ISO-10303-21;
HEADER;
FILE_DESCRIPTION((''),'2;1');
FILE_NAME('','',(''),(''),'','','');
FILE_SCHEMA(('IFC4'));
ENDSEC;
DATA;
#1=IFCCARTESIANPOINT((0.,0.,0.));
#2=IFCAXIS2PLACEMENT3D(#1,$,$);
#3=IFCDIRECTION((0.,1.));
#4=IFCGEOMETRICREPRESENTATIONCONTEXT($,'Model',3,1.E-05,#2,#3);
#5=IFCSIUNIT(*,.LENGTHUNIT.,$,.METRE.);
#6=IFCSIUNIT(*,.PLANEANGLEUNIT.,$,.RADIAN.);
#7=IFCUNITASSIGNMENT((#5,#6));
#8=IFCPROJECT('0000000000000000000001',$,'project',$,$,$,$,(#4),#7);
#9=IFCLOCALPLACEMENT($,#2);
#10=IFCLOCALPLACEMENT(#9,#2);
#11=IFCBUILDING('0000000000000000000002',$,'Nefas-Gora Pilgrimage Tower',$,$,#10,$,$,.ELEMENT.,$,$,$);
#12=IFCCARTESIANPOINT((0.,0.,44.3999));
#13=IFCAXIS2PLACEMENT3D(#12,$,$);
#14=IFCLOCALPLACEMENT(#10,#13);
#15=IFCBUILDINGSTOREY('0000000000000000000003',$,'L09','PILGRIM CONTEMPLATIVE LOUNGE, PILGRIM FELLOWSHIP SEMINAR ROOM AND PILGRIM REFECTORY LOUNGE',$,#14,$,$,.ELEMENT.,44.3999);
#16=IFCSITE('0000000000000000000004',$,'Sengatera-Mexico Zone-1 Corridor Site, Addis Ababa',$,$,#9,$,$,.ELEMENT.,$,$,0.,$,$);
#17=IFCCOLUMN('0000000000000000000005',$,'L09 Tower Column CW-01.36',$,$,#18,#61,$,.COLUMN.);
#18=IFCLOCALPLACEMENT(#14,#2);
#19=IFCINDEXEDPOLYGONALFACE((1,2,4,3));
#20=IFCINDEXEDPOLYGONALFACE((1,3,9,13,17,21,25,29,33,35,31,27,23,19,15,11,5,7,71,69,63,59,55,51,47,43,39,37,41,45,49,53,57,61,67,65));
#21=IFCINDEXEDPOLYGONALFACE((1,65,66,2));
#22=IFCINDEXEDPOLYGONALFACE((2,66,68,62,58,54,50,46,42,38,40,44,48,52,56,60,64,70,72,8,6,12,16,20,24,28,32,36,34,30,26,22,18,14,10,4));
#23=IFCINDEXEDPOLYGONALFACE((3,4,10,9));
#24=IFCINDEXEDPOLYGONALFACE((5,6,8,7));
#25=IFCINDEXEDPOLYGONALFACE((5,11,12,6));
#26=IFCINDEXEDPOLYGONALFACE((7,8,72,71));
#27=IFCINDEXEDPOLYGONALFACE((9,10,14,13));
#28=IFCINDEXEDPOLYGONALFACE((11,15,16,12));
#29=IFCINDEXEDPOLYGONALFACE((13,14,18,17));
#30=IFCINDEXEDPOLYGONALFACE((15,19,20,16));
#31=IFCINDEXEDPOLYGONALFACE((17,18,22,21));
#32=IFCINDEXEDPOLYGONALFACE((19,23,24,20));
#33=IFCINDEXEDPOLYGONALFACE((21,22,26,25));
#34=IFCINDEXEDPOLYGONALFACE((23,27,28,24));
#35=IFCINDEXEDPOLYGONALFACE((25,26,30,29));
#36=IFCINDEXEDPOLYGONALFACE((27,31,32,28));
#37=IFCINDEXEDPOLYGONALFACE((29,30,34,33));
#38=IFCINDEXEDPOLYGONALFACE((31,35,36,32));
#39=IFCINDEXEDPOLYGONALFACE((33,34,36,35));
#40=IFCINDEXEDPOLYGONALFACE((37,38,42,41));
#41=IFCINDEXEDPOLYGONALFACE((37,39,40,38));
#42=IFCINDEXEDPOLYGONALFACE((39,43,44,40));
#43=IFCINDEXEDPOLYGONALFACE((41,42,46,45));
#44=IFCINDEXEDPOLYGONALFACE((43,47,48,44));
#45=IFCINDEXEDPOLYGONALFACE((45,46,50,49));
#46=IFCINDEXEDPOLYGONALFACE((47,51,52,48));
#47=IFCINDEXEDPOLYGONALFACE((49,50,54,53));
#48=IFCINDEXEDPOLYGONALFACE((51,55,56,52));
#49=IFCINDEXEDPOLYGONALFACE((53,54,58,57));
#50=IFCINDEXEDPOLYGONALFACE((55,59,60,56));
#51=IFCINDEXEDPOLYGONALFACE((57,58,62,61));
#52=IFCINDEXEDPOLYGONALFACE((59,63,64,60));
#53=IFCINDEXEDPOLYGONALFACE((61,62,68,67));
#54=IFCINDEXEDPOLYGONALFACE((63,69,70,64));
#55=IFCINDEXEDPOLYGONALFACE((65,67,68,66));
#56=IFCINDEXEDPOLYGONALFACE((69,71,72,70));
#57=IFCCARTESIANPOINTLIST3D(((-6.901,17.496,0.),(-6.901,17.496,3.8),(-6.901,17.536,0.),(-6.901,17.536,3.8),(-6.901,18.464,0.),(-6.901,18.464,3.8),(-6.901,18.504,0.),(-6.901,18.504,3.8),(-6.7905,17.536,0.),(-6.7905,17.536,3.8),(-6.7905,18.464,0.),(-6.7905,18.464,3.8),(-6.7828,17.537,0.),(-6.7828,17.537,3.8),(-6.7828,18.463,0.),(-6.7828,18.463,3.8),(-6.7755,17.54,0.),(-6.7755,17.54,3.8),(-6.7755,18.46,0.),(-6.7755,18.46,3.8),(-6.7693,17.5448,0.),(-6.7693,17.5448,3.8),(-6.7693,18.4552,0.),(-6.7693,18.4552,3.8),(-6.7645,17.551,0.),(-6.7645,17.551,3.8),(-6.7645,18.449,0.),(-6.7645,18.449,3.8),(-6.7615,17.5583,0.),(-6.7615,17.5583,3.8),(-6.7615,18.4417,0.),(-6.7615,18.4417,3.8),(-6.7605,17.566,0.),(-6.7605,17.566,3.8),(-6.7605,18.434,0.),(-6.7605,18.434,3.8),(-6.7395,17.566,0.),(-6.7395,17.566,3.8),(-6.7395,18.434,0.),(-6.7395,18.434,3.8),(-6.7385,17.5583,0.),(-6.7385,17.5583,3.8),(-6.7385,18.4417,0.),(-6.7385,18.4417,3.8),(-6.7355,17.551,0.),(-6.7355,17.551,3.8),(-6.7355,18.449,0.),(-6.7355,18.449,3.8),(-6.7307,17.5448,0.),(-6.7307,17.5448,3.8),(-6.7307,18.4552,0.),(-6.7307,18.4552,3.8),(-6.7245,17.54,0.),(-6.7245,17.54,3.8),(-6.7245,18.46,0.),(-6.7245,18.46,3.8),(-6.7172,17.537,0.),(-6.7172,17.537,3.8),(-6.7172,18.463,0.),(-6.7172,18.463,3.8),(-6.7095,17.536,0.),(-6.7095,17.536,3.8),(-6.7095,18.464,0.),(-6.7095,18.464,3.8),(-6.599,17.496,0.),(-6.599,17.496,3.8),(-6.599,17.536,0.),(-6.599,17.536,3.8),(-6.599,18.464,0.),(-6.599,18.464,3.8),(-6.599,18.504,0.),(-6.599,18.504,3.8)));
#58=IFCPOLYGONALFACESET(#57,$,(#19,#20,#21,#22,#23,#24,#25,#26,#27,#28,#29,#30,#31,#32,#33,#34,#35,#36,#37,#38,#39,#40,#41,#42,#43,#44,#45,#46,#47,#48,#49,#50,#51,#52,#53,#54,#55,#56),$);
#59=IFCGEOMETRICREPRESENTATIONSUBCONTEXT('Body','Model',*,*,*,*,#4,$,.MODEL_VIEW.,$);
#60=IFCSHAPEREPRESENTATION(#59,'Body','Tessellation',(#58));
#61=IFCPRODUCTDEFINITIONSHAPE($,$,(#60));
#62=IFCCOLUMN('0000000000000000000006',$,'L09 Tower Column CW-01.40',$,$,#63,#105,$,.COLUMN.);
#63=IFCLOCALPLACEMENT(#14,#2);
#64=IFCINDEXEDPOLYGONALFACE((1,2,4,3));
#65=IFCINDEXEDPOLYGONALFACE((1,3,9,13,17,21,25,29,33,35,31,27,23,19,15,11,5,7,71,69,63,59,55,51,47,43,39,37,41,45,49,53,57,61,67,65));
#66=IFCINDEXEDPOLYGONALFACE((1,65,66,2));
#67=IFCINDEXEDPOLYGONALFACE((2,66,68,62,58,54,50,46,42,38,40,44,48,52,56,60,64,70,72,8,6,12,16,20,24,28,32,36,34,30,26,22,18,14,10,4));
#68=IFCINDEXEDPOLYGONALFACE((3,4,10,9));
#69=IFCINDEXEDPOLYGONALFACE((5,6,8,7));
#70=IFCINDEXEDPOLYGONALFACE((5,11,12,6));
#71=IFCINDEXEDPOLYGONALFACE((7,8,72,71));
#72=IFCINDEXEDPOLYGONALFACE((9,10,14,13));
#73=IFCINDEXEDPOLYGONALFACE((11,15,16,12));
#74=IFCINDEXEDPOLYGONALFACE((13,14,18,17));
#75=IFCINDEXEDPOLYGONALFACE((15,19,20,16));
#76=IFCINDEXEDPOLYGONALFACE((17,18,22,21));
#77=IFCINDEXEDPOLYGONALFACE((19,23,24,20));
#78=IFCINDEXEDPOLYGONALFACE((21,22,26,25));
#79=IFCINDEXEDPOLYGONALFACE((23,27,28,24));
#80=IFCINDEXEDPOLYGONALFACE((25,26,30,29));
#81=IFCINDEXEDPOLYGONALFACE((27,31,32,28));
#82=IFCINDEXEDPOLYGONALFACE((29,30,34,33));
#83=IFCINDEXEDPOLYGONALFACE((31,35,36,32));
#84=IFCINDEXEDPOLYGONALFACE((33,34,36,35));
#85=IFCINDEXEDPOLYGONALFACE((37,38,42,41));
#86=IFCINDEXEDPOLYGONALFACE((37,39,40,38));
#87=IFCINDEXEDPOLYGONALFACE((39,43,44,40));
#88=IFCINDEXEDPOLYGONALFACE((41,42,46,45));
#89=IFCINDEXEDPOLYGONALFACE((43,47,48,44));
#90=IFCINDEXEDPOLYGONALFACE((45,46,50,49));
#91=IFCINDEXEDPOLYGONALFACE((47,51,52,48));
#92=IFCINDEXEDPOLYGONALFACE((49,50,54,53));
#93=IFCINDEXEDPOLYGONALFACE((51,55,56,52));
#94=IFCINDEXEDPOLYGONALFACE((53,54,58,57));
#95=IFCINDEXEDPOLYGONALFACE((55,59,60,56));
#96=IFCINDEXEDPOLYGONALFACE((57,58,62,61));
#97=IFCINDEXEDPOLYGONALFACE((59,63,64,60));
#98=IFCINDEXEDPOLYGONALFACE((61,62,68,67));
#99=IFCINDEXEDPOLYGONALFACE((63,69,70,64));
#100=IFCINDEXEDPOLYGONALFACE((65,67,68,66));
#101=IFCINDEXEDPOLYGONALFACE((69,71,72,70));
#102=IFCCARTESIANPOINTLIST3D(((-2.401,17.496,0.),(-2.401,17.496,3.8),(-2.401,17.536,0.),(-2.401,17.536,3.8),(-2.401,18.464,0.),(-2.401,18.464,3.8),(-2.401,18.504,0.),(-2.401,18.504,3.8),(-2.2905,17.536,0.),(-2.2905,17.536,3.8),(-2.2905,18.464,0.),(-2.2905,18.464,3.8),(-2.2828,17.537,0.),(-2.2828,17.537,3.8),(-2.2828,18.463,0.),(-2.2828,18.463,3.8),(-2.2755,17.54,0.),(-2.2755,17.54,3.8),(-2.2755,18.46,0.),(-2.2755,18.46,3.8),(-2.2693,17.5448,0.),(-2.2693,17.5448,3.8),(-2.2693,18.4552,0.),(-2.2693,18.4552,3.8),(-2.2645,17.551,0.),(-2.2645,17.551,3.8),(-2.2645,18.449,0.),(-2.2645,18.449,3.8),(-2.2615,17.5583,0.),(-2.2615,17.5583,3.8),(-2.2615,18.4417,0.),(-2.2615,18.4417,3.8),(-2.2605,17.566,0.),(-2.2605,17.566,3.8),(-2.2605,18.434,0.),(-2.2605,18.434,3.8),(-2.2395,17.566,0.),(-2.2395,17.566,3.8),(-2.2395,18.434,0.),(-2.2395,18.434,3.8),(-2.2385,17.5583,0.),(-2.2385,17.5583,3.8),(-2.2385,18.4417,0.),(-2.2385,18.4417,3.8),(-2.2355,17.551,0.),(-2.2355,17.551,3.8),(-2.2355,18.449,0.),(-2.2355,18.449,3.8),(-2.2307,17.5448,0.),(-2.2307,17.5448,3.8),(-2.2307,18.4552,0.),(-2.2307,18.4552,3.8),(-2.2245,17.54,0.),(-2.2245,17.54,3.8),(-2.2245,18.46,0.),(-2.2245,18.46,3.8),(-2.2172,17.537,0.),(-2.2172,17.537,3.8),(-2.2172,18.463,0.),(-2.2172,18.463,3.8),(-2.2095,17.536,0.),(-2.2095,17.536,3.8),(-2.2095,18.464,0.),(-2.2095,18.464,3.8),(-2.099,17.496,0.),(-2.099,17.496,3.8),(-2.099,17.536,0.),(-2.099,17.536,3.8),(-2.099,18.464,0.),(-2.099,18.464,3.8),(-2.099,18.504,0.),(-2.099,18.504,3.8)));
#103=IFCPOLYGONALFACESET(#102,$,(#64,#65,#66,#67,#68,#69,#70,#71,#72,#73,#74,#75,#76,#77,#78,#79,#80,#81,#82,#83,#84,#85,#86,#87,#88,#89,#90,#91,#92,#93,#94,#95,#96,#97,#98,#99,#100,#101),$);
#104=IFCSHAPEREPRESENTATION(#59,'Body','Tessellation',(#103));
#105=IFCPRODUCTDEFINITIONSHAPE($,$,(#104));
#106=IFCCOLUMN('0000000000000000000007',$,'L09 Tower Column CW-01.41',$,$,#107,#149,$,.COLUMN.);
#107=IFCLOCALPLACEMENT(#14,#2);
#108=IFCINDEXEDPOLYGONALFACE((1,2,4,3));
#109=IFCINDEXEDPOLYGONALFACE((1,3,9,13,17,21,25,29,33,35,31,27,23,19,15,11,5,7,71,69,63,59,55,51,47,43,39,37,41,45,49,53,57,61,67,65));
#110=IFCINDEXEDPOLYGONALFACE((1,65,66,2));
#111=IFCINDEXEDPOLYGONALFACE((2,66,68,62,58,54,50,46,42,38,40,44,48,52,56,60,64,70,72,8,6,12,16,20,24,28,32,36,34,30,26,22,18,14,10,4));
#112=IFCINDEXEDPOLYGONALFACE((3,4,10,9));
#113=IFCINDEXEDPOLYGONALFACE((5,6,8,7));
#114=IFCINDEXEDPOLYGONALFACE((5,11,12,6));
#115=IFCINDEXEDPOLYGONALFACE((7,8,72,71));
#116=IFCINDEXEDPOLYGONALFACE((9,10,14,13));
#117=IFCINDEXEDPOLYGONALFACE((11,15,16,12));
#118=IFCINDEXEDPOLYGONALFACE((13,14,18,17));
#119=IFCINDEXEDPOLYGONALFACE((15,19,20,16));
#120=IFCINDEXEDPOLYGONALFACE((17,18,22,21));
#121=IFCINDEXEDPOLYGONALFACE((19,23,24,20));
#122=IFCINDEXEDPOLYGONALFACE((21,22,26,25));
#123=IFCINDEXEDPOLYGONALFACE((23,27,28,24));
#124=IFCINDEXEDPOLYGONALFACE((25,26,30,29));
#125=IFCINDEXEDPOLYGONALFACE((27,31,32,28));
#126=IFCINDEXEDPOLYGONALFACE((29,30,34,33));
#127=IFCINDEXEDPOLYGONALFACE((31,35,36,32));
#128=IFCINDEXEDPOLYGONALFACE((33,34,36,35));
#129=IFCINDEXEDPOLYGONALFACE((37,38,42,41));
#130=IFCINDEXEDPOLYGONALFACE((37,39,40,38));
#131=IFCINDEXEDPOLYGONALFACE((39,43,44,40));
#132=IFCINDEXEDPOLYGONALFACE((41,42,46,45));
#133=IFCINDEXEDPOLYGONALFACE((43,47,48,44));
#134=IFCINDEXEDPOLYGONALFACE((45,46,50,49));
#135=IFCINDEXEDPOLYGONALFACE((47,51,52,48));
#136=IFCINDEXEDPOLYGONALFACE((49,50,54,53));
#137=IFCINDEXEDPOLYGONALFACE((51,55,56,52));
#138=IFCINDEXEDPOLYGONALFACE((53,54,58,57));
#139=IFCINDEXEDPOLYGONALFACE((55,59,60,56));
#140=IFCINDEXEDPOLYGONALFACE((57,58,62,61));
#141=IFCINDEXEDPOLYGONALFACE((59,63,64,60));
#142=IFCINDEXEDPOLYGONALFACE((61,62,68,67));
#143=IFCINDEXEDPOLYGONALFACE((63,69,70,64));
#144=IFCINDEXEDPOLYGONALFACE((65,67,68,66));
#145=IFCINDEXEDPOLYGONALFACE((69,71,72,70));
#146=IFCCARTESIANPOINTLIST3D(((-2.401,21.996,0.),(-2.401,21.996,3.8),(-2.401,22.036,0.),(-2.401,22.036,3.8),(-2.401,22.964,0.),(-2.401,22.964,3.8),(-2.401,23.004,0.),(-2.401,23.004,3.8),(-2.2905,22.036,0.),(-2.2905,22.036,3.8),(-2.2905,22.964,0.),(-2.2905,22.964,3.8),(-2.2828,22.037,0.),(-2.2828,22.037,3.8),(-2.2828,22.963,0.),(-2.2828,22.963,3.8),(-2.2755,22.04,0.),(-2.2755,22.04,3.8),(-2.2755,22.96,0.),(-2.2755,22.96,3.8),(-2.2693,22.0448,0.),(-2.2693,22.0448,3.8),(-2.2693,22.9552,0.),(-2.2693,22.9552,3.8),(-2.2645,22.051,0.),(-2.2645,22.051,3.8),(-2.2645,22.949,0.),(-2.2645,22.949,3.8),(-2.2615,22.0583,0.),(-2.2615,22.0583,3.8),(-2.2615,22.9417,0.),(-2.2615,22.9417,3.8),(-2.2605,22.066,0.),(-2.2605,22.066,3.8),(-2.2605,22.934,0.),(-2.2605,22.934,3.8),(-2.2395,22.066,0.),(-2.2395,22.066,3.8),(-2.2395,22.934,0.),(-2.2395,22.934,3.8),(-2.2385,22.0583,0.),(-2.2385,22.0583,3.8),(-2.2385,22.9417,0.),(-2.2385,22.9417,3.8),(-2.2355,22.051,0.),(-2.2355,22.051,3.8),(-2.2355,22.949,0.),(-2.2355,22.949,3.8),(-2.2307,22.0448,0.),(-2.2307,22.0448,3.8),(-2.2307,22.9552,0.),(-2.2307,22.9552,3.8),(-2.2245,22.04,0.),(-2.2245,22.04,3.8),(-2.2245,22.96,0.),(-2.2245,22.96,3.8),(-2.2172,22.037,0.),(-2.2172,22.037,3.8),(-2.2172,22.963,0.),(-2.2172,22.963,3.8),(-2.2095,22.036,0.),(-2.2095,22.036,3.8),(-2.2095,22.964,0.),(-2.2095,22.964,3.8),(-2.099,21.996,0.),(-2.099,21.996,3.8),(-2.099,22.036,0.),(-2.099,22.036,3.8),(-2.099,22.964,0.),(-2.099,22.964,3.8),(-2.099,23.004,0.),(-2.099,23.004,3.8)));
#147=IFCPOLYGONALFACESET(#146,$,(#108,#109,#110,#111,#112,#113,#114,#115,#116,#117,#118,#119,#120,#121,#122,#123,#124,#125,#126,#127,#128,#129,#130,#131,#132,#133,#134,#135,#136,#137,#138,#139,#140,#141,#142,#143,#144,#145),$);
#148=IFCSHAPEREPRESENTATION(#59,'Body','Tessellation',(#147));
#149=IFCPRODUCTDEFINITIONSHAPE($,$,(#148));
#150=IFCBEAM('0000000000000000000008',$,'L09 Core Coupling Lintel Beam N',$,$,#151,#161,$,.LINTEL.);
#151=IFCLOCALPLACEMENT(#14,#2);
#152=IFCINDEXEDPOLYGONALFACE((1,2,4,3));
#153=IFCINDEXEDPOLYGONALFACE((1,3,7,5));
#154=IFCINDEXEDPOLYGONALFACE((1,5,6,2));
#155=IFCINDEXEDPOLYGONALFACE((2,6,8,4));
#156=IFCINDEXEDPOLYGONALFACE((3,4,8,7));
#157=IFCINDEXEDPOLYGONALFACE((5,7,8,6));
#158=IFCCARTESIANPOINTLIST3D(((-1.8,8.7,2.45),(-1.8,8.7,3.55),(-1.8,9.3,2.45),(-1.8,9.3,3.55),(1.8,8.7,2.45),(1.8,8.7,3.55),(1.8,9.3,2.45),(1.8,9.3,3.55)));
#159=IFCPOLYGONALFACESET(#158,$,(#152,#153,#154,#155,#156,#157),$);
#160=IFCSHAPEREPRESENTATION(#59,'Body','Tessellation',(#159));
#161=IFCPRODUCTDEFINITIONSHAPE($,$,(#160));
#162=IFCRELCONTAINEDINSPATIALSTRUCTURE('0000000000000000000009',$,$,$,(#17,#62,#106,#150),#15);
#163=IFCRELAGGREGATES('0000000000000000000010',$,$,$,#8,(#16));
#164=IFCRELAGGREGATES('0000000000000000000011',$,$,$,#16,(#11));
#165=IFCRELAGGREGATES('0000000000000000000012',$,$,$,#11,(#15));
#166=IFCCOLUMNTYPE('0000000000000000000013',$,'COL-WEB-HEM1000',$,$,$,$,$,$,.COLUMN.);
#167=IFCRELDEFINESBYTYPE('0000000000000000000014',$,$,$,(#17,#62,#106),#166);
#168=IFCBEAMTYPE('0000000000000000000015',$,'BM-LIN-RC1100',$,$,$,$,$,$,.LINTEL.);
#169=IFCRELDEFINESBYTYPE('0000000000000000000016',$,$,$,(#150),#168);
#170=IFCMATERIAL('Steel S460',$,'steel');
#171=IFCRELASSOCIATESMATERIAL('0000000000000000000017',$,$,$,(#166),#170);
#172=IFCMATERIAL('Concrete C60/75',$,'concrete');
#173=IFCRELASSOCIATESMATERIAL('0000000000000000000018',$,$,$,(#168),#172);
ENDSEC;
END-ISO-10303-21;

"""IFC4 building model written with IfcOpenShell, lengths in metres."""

from ifc_helpers import new_model, si_unit, direction, frame, origin, origin_2d, place, context, subcontext, project, spatial, rectangle, i_section, extrude, source, transform, mapped, material, material_profile, profile_set, type_object, element, save


model = new_model("IFC4")

# Units and contexts
model_context = context("Model", 3, precision=1e-05, world=origin(), true_north=direction((0.0, 1.0)))
body_context = subcontext(model_context, "Body", "Model", "MODEL_VIEW")
ifc_project = project(units=[si_unit("LENGTHUNIT", "METRE"), si_unit("PLANEANGLEUNIT", "RADIAN")], contexts=[model_context])

# Site, building, storey
site_placement = place(None, origin())
site = spatial("IfcSite", under=ifc_project, at=site_placement, Name="Sengatera-Mexico Zone-1 Corridor Site, Addis Ababa", CompositionType="ELEMENT", RefElevation=0.0)
building_placement = place(site_placement, origin())
building = spatial("IfcBuilding", under=site, at=building_placement, Name="Nefas-Gora Pilgrimage Tower", CompositionType="ELEMENT")
storey_placement = place(building_placement, frame((0.0, 0.0, 44.3999)))
storey = spatial("IfcBuildingStorey", under=building, at=storey_placement, Name="L09", Description="PILGRIM CONTEMPLATIVE LOUNGE, PILGRIM FELLOWSHIP SEMINAR ROOM AND PILGRIM REFECTORY LOUNGE", CompositionType="ELEMENT", Elevation=44.3999)

# Columns
ifc_material_1 = material(Name="Steel S460", Category="steel")
ifc_material_profile_1 = material_profile(ifc_material_1, i_section(OverallWidth=0.302, OverallDepth=1.0081, WebThickness=0.021, FlangeThickness=0.04, FilletRadius=0.03, at=origin_2d()), Name="HEM 1000")
ifc_profile_set_1 = profile_set([ifc_material_profile_1], Name="Steel S460")
column_type_1 = type_object("IfcColumnType", Name="COL-WEB-HEM1000", PredefinedType="COLUMN", material=ifc_profile_set_1)
shared_shape_1 = source(origin(), body_context, "Body", "SweptSolid", [
    extrude(i_section(OverallWidth=0.302, OverallDepth=1.0081, WebThickness=0.021, FlangeThickness=0.04, FilletRadius=0.03, at=origin_2d()), origin(), (0.0, 0.0, 1.0), 3.8),
])
for number, where, z_axis, x_axis, name in (
    (1, (-6.75, 18.0, 0.0), (0.0, 0.0, 1.0), (1.0, 0.0, 0.0), "L09 Tower Column CW-01.36"),
    (2, (-2.25, 18.0, 0.0), (0.0, 0.0, 1.0), (1.0, 0.0, 0.0), "L09 Tower Column CW-01.40"),
    (3, (-2.25, 22.5, 0.0), (0.0, 0.0, 1.0), (1.0, 0.0, 0.0), "L09 Tower Column CW-01.41"),
):
    element("IfcColumn", number, at=place(storey_placement, frame(where, z_axis=z_axis, x_axis=x_axis)), inside=storey, type_object=column_type_1, Name=name, PredefinedType="COLUMN", context=body_context, shape_type="MappedRepresentation", body=[
        mapped(shared_shape_1, transform((0.0, 0.0, 0.0), x_axis=(1.0, 0.0, 0.0), y_axis=(0.0, 1.0, 0.0), z_axis=(0.0, 0.0, 1.0), scale=1.0)),
    ])

# Beam
ifc_material_2 = material(Name="Concrete C60/75", Category="concrete")
ifc_material_profile_2 = material_profile(ifc_material_2, rectangle(XDim=0.6001, YDim=1.1001, at=origin_2d()), Name="RC 600x1100")
ifc_profile_set_2 = profile_set([ifc_material_profile_2], Name="Concrete C60/75")
beam_type_1 = type_object("IfcBeamType", Name="BM-LIN-RC1100", PredefinedType="LINTEL", material=ifc_profile_set_2)
shared_shape_2 = source(origin(), body_context, "Body", "SweptSolid", [
    extrude(rectangle(XDim=0.6001, YDim=1.1001, at=origin_2d()), origin(), (0.0, 0.0, 1.0), 3.6001),
])
beam_placement = place(storey_placement, frame((-1.8, 9.0, 3.0), z_axis=(1.0, 0.0, 0.0), x_axis=(0.0, 1.0, 0.0)))
element("IfcBeam", 4, at=beam_placement, inside=storey, type_object=beam_type_1, Name="L09 Core Coupling Lintel Beam N", PredefinedType="LINTEL", context=body_context, shape_type="MappedRepresentation", body=[
    mapped(shared_shape_2, transform((0.0, 0.0, 0.0), x_axis=(1.0, 0.0, 0.0), y_axis=(0.0, 1.0, 0.0), z_axis=(0.0, 0.0, 1.0), scale=1.0)),
])

save(model, "model.ifc")
